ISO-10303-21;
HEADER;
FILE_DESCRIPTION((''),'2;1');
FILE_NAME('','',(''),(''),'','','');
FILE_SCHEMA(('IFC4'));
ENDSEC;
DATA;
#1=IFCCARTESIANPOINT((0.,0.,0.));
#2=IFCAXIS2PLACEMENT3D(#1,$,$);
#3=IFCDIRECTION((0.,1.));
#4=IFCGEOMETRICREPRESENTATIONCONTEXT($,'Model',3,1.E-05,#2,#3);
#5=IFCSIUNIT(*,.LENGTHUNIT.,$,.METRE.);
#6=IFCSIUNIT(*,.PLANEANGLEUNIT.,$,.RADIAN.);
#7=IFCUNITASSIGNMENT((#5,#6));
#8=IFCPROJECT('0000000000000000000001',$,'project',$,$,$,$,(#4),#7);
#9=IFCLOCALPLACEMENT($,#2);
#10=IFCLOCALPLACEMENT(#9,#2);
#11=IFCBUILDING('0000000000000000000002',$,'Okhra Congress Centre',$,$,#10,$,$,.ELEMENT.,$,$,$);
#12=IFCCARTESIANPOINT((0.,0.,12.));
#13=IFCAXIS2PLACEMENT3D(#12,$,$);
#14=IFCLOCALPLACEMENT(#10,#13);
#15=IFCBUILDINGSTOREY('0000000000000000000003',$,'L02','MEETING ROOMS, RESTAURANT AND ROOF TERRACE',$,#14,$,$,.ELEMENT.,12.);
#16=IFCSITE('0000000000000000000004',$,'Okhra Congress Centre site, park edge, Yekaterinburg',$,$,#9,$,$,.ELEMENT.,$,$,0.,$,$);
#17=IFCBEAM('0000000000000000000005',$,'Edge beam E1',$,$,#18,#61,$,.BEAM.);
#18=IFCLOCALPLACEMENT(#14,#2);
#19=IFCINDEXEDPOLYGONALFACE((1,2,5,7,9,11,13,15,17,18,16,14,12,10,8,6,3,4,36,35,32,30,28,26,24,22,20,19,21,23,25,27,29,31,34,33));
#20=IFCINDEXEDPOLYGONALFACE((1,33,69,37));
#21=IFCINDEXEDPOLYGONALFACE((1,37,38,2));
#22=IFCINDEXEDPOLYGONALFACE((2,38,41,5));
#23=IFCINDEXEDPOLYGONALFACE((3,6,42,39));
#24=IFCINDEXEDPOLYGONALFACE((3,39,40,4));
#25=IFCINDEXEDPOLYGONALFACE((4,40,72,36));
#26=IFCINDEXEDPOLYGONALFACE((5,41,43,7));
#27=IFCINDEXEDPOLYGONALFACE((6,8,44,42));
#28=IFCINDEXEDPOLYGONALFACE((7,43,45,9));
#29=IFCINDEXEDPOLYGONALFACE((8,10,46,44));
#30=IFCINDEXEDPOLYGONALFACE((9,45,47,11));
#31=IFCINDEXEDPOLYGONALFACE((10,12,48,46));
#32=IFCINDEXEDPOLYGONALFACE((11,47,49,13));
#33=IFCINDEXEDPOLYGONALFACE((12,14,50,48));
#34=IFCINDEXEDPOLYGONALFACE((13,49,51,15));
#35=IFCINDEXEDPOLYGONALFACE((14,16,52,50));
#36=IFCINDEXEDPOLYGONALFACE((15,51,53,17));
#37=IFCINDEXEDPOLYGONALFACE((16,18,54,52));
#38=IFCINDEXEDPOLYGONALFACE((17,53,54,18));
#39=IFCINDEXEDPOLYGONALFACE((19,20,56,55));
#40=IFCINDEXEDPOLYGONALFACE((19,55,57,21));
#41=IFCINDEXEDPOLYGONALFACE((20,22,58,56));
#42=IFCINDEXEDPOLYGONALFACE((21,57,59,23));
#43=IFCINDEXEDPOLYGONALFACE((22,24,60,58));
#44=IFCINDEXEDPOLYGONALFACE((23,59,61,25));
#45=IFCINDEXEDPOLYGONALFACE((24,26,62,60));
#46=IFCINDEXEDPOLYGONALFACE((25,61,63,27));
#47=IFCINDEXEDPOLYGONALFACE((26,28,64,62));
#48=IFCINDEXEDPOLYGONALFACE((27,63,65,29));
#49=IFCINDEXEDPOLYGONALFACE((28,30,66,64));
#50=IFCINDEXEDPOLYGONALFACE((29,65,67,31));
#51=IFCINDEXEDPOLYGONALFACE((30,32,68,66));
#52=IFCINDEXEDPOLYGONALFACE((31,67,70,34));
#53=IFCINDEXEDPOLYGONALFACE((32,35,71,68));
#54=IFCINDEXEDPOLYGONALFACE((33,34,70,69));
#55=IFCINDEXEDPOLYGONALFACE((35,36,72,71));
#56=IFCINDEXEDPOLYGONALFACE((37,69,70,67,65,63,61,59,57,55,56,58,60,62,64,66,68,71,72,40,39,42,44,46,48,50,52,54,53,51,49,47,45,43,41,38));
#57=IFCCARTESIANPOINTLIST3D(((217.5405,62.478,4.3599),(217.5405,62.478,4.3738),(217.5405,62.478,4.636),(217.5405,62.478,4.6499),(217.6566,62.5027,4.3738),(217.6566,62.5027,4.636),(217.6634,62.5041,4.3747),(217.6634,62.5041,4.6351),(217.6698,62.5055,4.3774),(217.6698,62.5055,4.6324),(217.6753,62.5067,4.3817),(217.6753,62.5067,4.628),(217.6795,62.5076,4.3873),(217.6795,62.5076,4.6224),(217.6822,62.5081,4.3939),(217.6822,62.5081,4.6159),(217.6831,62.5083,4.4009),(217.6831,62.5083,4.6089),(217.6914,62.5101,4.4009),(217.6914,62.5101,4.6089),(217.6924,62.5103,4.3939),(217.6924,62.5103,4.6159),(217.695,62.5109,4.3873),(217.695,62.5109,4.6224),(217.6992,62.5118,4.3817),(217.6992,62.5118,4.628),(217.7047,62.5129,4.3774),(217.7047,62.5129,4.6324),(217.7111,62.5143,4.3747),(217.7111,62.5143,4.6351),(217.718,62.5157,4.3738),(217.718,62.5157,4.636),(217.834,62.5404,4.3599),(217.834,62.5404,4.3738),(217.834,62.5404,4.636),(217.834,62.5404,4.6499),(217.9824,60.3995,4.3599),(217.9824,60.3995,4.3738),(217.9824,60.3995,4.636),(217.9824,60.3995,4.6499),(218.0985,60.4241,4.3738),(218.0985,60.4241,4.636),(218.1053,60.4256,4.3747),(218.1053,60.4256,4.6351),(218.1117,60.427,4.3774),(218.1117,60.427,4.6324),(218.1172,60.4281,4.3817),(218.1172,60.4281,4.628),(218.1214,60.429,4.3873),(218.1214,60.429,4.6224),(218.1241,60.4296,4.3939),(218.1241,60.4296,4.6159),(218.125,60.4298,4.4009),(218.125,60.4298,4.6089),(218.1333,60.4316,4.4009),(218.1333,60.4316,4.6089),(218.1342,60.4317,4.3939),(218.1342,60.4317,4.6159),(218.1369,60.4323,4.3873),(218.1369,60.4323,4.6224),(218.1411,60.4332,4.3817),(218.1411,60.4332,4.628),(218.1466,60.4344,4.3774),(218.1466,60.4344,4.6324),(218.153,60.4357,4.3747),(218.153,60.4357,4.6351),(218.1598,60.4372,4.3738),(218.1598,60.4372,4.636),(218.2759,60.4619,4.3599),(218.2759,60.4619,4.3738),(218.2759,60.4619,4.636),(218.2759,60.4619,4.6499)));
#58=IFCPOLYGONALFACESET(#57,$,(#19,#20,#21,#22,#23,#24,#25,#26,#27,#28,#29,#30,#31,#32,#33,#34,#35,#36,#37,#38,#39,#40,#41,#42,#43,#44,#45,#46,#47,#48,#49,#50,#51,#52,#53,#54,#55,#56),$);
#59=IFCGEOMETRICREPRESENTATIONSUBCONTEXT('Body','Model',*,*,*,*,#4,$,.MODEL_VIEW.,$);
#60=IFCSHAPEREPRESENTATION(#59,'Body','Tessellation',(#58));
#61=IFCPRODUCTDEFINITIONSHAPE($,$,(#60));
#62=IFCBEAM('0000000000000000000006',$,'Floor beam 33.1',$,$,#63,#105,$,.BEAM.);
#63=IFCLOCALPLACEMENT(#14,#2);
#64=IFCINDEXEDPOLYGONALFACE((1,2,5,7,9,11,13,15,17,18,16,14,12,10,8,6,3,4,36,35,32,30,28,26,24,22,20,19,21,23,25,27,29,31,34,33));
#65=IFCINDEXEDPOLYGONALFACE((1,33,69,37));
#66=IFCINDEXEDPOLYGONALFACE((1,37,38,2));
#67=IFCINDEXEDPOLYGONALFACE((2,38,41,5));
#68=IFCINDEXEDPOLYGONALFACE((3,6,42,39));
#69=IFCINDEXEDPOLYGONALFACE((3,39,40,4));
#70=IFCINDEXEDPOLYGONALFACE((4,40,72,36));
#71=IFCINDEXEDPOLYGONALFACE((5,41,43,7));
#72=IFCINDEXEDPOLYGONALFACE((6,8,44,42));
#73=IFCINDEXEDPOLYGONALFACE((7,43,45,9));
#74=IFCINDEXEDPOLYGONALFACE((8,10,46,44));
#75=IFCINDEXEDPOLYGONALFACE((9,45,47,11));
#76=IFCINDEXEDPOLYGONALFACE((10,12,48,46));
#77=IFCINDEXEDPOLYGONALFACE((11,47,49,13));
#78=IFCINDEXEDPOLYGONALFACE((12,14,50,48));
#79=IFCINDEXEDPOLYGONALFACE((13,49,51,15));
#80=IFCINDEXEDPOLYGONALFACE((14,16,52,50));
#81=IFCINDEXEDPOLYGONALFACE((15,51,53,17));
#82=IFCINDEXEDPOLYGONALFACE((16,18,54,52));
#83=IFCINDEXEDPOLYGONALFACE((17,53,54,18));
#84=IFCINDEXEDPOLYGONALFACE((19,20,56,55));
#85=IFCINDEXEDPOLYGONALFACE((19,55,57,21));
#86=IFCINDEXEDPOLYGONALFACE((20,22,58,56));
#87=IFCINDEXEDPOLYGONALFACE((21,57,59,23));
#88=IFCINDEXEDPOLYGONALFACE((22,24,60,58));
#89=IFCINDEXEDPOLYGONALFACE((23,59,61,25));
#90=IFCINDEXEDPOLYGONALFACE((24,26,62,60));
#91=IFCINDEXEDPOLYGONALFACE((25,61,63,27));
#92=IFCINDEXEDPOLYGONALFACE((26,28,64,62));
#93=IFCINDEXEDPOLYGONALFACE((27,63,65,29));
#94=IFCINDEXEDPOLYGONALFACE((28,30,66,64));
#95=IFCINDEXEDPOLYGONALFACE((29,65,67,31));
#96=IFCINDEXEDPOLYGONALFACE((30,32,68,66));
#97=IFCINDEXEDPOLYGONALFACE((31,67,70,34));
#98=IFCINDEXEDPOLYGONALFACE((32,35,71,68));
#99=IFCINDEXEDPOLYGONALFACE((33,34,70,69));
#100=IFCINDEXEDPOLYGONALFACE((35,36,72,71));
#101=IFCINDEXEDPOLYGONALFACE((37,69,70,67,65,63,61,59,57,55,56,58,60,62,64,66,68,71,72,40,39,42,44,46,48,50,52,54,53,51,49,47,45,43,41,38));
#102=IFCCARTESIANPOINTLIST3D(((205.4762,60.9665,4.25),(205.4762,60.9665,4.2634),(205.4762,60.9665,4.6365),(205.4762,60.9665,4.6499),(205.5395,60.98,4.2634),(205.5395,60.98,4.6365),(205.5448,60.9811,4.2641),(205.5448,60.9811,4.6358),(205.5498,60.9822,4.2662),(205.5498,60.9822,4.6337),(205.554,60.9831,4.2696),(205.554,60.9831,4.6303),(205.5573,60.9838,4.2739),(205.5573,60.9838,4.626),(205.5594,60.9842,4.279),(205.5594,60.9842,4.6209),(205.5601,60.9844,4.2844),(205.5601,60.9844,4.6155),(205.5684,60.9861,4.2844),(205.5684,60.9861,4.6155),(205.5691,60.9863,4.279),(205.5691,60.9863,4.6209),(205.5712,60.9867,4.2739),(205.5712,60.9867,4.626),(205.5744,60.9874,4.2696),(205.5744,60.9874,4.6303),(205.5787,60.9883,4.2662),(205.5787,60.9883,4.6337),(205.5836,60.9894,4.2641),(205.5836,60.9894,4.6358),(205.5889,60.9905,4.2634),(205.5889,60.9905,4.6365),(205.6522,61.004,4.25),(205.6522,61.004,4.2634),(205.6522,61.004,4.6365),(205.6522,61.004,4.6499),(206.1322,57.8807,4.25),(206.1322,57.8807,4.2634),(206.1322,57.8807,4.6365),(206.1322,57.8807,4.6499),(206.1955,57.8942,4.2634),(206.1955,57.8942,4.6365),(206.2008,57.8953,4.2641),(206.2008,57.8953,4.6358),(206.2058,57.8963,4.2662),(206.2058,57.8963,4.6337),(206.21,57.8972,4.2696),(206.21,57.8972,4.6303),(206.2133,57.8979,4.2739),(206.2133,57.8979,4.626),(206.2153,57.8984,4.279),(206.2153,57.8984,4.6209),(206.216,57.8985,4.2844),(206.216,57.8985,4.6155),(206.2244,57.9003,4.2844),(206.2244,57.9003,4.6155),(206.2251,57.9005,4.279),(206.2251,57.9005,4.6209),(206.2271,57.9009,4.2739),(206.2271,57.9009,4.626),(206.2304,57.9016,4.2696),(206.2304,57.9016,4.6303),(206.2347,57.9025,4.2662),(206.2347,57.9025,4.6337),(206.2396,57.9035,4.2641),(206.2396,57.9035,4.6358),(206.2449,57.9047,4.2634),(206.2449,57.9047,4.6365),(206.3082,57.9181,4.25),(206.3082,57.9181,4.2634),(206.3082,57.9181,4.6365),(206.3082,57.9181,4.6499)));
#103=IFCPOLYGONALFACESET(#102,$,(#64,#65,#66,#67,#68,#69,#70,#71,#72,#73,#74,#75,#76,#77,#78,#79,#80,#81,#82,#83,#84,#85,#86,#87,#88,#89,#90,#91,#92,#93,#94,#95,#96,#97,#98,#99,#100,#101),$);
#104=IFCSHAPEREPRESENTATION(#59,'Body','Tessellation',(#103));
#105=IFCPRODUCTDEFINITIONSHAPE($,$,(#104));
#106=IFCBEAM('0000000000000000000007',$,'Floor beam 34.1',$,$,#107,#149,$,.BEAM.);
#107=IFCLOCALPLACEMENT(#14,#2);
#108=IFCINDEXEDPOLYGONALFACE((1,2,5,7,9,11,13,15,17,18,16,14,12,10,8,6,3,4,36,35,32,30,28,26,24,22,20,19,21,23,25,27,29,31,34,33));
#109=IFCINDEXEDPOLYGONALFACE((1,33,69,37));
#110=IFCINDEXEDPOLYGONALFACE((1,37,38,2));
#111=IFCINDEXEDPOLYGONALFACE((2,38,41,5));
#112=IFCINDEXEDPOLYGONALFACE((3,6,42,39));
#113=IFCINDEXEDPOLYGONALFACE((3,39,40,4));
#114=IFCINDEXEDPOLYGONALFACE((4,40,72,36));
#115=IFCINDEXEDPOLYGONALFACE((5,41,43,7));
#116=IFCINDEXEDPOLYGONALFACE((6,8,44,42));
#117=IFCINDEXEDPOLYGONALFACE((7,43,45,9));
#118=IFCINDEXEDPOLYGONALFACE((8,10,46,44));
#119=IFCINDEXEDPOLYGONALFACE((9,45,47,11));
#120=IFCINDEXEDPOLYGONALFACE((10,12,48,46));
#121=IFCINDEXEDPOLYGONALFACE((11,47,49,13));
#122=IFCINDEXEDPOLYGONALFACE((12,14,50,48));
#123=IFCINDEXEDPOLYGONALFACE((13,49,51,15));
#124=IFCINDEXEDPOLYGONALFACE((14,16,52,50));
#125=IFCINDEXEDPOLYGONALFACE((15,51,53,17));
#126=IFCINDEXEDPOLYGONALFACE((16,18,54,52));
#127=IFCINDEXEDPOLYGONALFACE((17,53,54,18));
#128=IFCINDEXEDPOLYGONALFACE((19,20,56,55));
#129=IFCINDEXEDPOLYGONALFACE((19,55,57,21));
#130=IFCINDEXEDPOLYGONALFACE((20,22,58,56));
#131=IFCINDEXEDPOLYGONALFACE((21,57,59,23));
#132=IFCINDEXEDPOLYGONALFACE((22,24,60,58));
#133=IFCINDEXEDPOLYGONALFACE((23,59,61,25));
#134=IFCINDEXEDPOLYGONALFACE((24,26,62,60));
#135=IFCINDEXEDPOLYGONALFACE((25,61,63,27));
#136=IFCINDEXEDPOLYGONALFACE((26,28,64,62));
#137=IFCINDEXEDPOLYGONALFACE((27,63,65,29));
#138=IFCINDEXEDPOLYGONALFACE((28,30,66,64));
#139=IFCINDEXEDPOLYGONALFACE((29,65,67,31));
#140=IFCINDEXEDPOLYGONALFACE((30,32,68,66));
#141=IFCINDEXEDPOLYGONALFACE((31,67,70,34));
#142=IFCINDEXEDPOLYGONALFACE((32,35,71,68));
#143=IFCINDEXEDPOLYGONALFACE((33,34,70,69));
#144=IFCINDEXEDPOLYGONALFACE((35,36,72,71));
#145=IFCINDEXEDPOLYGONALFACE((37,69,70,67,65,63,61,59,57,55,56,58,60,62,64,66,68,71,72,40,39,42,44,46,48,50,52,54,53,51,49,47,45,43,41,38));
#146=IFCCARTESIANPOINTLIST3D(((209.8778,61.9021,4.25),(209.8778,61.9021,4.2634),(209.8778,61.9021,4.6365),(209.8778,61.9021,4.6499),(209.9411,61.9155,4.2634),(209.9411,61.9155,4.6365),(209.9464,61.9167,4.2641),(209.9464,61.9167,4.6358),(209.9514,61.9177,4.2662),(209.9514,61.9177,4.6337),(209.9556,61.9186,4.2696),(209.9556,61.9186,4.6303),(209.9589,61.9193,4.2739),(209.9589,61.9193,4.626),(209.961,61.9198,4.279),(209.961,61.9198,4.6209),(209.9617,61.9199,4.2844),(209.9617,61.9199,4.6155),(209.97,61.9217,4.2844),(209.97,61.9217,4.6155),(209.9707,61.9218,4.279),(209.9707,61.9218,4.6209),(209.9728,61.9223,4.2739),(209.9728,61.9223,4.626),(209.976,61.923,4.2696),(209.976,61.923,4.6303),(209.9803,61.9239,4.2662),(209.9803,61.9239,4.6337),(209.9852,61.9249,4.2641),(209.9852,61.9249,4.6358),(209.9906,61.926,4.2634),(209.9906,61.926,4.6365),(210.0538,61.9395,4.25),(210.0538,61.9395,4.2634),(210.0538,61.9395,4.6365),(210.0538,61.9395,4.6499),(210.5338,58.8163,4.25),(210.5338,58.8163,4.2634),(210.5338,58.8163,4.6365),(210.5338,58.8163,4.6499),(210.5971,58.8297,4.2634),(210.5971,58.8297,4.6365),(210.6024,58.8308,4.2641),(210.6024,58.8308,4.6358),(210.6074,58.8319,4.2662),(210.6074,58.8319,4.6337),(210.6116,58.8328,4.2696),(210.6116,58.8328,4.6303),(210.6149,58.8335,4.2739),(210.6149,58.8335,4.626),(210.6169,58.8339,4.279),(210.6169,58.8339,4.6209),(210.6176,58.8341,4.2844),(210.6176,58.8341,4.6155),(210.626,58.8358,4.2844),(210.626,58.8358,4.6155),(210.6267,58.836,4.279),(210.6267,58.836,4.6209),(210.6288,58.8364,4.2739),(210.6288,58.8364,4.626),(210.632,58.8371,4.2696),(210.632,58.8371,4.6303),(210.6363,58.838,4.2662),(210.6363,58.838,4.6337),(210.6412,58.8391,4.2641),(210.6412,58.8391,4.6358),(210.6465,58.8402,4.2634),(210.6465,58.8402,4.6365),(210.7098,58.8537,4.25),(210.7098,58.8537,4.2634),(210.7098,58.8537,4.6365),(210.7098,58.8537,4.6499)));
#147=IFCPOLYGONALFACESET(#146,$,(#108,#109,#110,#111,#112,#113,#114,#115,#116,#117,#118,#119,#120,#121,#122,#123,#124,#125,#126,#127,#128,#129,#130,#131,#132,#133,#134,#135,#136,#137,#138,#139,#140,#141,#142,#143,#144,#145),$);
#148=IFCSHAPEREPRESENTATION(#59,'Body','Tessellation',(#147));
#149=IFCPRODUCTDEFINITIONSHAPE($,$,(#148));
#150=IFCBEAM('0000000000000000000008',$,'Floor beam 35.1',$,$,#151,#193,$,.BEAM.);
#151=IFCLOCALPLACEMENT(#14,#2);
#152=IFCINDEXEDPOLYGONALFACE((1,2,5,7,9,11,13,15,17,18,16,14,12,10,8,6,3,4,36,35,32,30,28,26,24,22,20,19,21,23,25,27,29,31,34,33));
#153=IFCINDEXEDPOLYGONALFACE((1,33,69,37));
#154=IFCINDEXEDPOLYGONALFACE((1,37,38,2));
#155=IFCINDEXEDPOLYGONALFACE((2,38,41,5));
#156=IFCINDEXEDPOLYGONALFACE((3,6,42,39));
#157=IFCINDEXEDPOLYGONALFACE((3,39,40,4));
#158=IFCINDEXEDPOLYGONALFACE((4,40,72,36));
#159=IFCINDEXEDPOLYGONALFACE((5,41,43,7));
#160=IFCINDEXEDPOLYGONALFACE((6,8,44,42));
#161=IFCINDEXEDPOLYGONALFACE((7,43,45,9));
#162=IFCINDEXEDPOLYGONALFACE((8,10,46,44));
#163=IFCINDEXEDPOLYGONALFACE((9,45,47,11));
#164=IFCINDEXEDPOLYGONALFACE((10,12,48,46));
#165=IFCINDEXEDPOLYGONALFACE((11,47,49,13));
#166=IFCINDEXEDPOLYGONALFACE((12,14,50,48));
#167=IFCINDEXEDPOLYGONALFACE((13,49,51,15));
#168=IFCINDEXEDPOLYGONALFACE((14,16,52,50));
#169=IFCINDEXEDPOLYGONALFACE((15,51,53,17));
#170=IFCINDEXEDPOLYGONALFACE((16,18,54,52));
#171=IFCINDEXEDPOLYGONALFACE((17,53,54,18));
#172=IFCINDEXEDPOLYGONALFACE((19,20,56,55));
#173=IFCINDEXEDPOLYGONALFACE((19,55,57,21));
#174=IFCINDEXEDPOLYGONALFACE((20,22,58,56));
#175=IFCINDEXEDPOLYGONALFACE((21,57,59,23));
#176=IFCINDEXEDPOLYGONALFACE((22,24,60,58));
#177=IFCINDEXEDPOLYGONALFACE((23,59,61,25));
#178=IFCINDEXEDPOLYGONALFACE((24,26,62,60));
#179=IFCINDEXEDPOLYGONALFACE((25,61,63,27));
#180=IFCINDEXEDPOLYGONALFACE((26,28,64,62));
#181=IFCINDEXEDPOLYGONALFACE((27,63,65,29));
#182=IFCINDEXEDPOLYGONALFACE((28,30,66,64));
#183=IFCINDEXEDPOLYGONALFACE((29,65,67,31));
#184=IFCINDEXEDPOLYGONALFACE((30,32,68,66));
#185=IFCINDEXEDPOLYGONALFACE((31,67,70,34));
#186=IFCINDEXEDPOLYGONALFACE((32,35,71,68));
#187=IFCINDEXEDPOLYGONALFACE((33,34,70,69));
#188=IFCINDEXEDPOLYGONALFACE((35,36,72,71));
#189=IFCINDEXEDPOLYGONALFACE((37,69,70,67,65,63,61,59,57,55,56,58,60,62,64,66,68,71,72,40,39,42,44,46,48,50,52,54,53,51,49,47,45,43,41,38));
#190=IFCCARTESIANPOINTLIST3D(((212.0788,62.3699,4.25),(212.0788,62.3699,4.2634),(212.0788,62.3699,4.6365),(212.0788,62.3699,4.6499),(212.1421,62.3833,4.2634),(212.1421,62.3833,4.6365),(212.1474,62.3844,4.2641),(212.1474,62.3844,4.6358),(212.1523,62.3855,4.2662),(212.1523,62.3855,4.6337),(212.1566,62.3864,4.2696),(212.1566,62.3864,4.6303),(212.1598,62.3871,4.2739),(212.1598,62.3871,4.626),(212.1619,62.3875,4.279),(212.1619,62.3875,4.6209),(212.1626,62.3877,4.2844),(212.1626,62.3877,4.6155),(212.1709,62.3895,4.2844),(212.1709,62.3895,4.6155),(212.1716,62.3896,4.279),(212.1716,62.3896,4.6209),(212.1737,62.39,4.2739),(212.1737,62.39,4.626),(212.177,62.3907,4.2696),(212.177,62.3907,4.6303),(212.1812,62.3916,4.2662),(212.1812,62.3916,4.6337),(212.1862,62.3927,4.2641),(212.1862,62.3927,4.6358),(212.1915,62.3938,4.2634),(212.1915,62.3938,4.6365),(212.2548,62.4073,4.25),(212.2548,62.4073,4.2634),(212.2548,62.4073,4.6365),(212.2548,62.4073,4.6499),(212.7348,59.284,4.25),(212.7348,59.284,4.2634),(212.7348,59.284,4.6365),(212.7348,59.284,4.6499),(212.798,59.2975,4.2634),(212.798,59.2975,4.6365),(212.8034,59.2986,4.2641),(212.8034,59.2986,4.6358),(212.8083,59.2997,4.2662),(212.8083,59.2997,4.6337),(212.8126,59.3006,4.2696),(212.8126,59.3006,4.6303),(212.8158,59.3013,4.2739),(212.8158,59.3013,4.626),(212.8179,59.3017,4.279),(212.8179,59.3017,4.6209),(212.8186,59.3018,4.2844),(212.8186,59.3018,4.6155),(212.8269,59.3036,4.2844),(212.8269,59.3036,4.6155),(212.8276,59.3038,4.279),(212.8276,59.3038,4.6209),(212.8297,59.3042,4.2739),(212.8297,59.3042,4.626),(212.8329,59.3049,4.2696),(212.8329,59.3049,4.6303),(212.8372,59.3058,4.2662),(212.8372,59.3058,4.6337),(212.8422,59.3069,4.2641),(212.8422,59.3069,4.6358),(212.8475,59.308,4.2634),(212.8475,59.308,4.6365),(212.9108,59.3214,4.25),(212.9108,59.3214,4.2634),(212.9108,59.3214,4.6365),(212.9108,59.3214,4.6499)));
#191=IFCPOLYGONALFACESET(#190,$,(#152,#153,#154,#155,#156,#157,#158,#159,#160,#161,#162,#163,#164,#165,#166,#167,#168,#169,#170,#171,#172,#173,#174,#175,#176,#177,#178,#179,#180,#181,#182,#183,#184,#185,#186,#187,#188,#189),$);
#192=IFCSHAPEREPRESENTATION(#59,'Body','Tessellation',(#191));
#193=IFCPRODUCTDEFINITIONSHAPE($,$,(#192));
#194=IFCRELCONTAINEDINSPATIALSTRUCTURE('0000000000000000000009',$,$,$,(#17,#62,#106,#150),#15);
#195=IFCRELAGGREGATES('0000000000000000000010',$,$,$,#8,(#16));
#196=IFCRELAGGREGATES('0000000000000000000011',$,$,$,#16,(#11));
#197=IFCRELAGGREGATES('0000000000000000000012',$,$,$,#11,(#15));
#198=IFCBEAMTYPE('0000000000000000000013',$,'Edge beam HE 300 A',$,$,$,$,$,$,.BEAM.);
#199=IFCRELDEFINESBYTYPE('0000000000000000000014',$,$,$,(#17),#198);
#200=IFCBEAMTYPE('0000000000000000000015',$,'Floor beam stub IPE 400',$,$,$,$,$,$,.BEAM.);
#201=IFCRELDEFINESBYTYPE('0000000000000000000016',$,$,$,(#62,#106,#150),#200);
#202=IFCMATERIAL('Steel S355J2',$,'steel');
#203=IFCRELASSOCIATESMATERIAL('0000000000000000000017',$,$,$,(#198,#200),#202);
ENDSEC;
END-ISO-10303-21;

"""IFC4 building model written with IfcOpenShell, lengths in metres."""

from ifc_helpers import new_model, si_unit, direction, frame, origin, origin_2d, place, context, subcontext, project, spatial, i_section, extrude, material, material_profile, profile_set, type_object, element, save


model = new_model("IFC4")

# Units and contexts
model_context = context("Model", 3, precision=1e-05, world=origin(), true_north=direction((0.0, 1.0)))
body_context = subcontext(model_context, "Body", "Model", "MODEL_VIEW")
ifc_project = project(units=[si_unit("LENGTHUNIT", "METRE"), si_unit("PLANEANGLEUNIT", "RADIAN")], contexts=[model_context])

# Site, building, storey
site_placement = place(None, origin())
site = spatial("IfcSite", under=ifc_project, at=site_placement, Name="Okhra Congress Centre site, park edge, Yekaterinburg", CompositionType="ELEMENT", RefElevation=0.0)
building_placement = place(site_placement, origin())
building = spatial("IfcBuilding", under=site, at=building_placement, Name="Okhra Congress Centre", CompositionType="ELEMENT")
storey_placement = place(building_placement, frame((0.0, 0.0, 12.0)))
storey = spatial("IfcBuildingStorey", under=building, at=storey_placement, Name="L02", Description="MEETING ROOMS, RESTAURANT AND ROOF TERRACE", CompositionType="ELEMENT", Elevation=12.0)

# Shared definitions
ifc_material_1 = material(Name="Steel S355J2", Category="steel")

# Beams
ifc_material_profile_1 = material_profile(ifc_material_1, i_section(OverallWidth=0.3, OverallDepth=0.29, WebThickness=0.0085, FlangeThickness=0.0139, FilletRadius=0.0271, at=origin_2d()), Name="HE 300 A")
ifc_profile_set_1 = profile_set([ifc_material_profile_1], Name="Steel S355J2")
beam_type_1 = type_object("IfcBeamType", Name="Edge beam HE 300 A", PredefinedType="BEAM", material=ifc_profile_set_1)
beam_1_placement = place(storey_placement, frame((218.1292, 60.4307, 4.5049), z_axis=(-0.207944, 0.978141, 0.0), x_axis=(-0.978141, -0.207944, 0.0)))
element("IfcBeam", 1, at=beam_1_placement, inside=storey, type_object=beam_type_1, Name="Edge beam E1", PredefinedType="BEAM", context=body_context, shape_type="SweptSolid", body=[
    extrude(i_section(OverallWidth=0.3, OverallDepth=0.29, WebThickness=0.0085, FlangeThickness=0.0139, FilletRadius=0.0271, at=origin_2d()), origin(), (0.0, 0.0, 1.0), 2.125),
])
ifc_material_profile_2 = material_profile(ifc_material_1, i_section(OverallWidth=0.1799, OverallDepth=0.3999, WebThickness=0.0085, FlangeThickness=0.0134, FilletRadius=0.021, at=origin_2d()), Name="IPE 400")
ifc_profile_set_2 = profile_set([ifc_material_profile_2], Name="Steel S355J2")
beam_type_2 = type_object("IfcBeamType", Name="Floor beam stub IPE 400", PredefinedType="BEAM", material=ifc_profile_set_2)
for number, where, z_axis, x_axis, name in (
    (2, (206.2202, 57.8994, 4.45), (-0.207933, 0.978143, 0.0), (-0.978143, -0.207933, 0.0), "Floor beam 33.1"),
    (3, (210.6218, 58.835, 4.45), (-0.207933, 0.978143, 0.0), (-0.978143, -0.207933, 0.0), "Floor beam 34.1"),
    (4, (212.8228, 59.3027, 4.45), (-0.207933, 0.978143, 0.0), (-0.978143, -0.207933, 0.0), "Floor beam 35.1"),
):
    element("IfcBeam", number, at=place(storey_placement, frame(where, z_axis=z_axis, x_axis=x_axis)), inside=storey, type_object=beam_type_2, Name=name, PredefinedType="BEAM", context=body_context, shape_type="SweptSolid", body=[
        extrude(i_section(OverallWidth=0.1799, OverallDepth=0.3999, WebThickness=0.0085, FlangeThickness=0.0134, FilletRadius=0.021, at=origin_2d()), origin(), (0.0, 0.0, 1.0), 3.1548),
    ])

save(model, "model.ifc")
